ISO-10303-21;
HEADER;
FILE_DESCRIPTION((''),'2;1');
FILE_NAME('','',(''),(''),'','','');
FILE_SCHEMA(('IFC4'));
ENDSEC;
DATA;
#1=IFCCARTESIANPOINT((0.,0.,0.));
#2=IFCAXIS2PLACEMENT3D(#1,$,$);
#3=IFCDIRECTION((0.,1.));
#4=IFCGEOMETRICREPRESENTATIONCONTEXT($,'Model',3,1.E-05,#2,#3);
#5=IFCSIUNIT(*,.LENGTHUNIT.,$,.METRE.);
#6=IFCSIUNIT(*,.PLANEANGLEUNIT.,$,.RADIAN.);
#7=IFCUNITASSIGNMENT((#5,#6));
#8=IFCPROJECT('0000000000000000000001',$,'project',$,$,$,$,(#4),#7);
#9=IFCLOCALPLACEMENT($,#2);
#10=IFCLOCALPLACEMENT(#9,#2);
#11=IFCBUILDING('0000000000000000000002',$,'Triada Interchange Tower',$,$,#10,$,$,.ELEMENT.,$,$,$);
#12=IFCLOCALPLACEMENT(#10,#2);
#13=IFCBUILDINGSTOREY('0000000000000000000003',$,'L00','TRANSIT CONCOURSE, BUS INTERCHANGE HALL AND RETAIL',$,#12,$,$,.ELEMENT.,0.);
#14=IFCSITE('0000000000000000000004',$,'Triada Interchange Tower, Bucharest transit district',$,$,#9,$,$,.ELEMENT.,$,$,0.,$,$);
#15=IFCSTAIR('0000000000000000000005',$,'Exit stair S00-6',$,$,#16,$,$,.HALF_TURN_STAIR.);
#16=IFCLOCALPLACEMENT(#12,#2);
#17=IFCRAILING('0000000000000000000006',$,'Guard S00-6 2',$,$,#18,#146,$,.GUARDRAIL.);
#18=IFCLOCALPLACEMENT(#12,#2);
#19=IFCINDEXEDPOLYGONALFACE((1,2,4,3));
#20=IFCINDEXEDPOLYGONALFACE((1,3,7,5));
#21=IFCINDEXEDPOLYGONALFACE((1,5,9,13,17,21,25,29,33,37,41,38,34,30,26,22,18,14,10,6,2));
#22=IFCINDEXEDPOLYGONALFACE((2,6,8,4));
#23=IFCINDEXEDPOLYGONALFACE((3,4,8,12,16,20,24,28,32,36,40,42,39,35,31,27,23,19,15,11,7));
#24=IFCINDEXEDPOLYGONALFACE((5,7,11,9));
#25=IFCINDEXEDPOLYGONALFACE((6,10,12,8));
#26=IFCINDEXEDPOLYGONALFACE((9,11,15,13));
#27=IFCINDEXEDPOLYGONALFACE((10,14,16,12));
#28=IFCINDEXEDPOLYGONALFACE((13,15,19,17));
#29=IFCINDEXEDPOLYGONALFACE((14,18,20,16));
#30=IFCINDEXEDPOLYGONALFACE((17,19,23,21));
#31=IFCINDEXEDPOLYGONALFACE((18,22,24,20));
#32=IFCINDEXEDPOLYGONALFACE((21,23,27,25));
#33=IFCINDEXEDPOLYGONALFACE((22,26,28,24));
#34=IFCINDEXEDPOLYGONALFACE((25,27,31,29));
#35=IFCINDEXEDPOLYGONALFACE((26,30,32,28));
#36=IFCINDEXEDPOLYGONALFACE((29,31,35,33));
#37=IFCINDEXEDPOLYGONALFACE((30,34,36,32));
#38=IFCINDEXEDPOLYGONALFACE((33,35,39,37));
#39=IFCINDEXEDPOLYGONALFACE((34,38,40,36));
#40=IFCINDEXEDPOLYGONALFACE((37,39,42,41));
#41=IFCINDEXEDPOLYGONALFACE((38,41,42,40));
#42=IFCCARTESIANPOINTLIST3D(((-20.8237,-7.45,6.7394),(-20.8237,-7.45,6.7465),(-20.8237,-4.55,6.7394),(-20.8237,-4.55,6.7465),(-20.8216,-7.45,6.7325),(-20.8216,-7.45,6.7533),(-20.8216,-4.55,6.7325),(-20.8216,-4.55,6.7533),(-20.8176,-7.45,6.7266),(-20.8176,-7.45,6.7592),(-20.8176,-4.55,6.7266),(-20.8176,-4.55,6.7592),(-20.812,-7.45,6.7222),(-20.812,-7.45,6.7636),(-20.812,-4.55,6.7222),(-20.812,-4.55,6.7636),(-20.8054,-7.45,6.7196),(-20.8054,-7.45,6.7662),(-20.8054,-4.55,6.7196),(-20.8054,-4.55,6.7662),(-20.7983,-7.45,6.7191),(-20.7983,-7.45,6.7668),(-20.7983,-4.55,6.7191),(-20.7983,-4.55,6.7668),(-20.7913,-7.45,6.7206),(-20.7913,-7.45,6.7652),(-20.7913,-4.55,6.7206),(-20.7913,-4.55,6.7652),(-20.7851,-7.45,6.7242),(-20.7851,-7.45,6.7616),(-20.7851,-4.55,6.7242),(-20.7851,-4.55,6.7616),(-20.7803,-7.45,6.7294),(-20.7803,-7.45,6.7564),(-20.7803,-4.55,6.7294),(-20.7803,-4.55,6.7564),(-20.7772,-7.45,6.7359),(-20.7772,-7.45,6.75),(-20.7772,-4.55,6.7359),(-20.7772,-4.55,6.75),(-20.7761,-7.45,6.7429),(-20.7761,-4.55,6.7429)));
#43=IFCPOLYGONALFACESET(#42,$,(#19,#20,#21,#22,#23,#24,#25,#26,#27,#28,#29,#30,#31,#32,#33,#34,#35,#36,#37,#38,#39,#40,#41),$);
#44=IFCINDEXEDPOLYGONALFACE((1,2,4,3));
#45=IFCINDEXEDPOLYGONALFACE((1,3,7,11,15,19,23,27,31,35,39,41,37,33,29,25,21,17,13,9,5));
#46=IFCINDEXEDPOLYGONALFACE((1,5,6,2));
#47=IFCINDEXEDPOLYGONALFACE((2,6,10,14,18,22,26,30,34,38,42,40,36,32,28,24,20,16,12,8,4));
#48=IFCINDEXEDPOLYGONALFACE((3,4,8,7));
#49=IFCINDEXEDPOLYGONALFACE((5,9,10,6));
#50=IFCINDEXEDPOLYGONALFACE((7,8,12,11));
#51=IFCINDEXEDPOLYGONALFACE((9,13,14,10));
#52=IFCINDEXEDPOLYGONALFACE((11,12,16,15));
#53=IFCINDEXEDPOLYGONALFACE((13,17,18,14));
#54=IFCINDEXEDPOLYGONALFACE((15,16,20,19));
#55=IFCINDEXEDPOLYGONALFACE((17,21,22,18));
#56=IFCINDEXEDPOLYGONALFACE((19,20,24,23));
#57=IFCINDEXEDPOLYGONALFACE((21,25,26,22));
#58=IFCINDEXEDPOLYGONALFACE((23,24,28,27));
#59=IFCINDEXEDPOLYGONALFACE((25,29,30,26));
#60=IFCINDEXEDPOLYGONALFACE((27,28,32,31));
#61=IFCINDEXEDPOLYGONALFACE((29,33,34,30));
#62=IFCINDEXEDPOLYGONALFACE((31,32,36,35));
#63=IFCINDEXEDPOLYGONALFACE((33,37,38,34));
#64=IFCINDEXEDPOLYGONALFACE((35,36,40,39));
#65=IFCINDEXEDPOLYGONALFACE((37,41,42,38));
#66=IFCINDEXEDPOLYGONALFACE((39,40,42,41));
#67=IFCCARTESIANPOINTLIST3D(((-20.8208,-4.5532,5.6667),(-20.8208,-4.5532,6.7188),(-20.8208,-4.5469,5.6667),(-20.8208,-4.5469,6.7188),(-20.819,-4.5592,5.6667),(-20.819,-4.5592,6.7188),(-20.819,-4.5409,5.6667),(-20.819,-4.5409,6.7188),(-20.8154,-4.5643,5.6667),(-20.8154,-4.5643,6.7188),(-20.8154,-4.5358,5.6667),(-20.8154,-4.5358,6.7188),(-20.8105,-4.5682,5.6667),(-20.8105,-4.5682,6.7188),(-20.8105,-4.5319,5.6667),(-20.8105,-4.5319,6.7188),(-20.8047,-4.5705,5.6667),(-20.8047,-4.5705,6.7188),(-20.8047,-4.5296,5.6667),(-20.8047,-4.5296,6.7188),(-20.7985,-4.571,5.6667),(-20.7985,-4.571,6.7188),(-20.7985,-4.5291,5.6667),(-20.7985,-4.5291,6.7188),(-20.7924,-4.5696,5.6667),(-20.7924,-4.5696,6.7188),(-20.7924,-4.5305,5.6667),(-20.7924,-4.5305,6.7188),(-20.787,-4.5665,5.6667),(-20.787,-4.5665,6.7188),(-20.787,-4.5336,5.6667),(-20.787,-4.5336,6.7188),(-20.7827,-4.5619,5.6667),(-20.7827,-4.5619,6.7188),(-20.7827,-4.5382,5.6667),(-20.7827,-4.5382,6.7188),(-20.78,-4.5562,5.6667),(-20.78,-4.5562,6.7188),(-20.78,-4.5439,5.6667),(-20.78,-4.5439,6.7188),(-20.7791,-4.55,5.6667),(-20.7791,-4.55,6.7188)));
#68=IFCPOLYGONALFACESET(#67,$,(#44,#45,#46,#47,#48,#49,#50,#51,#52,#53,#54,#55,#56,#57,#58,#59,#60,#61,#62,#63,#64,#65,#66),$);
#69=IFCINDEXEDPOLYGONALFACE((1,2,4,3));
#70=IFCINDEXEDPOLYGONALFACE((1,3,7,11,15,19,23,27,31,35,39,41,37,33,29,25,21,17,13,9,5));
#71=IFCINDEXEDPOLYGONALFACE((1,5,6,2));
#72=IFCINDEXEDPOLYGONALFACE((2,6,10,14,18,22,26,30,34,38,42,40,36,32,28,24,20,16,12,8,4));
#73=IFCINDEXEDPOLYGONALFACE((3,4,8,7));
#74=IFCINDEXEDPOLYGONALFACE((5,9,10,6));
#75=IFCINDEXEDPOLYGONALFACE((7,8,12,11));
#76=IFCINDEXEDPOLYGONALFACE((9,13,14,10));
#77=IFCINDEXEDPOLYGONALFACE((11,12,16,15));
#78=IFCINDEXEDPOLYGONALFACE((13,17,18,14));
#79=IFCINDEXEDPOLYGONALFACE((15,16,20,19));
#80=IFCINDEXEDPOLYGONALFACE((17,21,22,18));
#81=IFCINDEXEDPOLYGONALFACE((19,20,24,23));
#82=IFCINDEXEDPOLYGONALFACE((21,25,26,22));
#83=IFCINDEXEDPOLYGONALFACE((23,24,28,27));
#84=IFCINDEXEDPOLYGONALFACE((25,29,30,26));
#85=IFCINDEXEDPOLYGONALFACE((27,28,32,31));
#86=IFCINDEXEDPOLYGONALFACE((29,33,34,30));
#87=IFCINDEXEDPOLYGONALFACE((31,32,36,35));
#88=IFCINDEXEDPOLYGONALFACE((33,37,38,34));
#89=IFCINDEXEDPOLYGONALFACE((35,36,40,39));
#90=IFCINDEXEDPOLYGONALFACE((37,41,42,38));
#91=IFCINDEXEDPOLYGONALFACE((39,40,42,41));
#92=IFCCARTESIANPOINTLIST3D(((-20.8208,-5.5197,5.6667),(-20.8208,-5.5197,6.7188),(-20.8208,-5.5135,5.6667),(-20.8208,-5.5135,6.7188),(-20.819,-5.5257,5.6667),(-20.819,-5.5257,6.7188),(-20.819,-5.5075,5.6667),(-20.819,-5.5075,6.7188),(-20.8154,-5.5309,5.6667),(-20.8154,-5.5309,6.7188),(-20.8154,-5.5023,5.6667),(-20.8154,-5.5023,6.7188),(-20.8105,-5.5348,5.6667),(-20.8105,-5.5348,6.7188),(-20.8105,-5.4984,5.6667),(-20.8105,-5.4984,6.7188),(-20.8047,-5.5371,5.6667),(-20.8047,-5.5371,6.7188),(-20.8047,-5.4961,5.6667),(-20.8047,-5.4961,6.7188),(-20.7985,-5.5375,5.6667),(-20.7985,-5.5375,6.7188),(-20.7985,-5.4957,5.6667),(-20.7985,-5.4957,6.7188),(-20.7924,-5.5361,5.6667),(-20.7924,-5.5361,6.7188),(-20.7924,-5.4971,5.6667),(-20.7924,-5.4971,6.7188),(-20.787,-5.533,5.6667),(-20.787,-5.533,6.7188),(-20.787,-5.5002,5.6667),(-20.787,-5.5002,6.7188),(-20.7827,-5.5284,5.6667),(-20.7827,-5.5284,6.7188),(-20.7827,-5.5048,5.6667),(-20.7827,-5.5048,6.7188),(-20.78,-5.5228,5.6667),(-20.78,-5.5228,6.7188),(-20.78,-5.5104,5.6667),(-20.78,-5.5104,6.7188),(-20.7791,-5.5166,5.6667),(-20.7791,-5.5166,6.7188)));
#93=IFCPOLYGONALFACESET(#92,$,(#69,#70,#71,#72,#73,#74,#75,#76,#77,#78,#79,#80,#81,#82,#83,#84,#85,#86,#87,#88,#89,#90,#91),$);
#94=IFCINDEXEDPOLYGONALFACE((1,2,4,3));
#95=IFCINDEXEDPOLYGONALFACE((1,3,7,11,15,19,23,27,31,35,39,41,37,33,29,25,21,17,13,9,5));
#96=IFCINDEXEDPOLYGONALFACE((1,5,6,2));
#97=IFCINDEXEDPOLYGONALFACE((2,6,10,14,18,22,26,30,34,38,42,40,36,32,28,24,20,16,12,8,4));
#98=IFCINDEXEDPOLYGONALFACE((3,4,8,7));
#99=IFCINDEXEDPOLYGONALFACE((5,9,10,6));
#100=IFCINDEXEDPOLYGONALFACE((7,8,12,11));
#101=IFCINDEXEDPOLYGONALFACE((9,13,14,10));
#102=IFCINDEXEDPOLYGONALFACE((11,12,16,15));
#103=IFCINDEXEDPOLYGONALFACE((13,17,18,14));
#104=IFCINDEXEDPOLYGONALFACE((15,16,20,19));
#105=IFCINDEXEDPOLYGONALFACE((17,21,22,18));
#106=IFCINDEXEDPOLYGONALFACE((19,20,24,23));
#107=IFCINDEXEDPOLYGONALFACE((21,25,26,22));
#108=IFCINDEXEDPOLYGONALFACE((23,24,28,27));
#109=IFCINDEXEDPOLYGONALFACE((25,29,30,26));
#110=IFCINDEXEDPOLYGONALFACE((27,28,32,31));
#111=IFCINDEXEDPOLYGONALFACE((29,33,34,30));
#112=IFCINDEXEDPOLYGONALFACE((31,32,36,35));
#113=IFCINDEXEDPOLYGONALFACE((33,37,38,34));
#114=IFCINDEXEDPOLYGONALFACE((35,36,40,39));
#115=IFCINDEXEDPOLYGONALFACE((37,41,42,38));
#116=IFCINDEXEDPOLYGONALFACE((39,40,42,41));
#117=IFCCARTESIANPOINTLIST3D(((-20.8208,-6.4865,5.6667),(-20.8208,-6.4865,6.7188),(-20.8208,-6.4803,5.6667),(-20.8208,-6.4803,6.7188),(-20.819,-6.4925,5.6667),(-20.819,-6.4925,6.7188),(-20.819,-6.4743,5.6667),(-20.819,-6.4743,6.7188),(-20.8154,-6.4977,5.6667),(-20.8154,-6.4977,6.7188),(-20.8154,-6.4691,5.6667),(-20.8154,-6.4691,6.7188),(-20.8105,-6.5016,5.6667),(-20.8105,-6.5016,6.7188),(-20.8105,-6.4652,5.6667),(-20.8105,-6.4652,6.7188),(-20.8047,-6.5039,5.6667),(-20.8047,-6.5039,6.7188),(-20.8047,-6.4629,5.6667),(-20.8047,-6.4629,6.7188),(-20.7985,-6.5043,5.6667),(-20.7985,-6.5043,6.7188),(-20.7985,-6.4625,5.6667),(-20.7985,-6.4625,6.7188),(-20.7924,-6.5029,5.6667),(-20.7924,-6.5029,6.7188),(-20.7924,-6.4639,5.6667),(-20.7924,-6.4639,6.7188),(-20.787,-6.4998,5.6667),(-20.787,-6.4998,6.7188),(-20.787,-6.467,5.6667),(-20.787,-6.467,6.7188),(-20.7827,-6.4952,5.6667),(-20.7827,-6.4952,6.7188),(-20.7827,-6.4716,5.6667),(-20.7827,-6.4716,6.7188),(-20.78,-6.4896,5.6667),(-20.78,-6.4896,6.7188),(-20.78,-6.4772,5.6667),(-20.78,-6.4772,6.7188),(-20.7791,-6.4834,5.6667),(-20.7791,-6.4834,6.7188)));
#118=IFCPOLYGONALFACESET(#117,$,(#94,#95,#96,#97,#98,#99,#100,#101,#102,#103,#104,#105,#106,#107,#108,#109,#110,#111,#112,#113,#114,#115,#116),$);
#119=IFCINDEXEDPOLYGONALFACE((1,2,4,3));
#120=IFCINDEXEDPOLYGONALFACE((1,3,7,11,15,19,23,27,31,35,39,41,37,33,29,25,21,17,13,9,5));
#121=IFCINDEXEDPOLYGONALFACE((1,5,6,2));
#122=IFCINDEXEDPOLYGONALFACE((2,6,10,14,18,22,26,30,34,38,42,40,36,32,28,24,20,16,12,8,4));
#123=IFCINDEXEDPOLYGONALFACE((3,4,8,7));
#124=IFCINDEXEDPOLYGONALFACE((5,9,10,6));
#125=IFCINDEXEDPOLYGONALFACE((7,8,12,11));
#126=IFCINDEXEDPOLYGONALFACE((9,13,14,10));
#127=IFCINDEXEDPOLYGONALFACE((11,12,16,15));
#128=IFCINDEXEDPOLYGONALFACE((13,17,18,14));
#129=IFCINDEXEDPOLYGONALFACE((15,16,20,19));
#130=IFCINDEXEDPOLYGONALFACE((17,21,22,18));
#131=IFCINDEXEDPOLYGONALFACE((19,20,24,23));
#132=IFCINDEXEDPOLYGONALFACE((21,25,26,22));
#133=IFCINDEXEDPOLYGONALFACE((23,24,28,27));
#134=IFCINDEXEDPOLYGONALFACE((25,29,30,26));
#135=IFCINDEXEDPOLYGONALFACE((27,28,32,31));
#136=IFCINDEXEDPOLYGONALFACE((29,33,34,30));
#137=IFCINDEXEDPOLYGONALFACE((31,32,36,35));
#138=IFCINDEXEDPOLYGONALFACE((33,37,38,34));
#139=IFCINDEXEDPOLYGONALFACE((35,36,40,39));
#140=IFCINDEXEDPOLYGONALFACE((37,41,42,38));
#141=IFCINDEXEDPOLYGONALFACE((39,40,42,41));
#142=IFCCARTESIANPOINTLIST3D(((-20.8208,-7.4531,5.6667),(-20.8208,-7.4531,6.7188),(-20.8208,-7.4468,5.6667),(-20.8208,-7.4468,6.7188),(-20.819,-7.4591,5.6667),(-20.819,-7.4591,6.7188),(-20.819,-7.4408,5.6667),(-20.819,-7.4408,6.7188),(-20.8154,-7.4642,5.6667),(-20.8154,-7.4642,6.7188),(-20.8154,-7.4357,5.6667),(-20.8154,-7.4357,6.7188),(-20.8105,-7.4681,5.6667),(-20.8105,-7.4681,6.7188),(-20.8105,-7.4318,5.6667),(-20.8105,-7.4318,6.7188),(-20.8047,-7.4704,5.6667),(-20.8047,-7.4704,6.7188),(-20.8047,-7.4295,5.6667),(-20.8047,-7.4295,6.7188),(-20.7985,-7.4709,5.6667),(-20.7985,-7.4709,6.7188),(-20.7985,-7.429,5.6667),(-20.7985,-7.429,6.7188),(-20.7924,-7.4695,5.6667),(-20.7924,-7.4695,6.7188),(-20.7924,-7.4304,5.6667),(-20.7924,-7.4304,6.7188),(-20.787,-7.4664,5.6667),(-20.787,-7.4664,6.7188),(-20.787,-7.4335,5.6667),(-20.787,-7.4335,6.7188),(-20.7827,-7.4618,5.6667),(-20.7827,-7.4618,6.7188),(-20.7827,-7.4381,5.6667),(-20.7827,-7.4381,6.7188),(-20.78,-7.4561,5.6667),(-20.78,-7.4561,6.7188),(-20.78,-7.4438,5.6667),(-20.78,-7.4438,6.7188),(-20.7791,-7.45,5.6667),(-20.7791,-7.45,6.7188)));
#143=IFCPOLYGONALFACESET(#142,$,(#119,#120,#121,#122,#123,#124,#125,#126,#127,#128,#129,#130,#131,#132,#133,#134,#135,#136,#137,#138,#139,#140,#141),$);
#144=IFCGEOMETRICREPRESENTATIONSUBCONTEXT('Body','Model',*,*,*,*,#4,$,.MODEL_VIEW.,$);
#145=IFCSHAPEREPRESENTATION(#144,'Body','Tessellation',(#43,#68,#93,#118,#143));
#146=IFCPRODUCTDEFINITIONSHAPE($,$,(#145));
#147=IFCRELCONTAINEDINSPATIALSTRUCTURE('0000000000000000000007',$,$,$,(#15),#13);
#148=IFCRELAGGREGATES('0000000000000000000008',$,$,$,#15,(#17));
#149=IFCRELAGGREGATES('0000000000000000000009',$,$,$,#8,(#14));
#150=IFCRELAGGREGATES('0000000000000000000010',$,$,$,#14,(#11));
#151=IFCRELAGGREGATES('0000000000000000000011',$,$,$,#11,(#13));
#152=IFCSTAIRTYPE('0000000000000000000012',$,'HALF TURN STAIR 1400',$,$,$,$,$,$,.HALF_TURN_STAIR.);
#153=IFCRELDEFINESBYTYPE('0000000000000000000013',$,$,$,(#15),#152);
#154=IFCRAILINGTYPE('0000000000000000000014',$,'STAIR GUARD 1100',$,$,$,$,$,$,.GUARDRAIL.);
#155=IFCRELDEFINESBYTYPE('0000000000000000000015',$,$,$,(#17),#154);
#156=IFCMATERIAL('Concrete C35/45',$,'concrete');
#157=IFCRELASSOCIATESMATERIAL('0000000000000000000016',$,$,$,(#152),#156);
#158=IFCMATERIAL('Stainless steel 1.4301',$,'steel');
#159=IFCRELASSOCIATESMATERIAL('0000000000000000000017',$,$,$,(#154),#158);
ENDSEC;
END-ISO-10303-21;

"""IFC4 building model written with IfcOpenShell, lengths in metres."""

from ifc_helpers import new_model, si_unit, direction, frame, origin, origin_2d, place, context, subcontext, project, spatial, circle, extrude, material, type_object, element, aggregate, save


model = new_model("IFC4")

# Units and contexts
model_context = context("Model", 3, precision=1e-05, world=origin(), true_north=direction((0.0, 1.0)))
body_context = subcontext(model_context, "Body", "Model", "MODEL_VIEW")
ifc_project = project(units=[si_unit("LENGTHUNIT", "METRE"), si_unit("PLANEANGLEUNIT", "RADIAN")], contexts=[model_context])

# Site, building, storey
site_placement = place(None, origin())
site = spatial("IfcSite", under=ifc_project, at=site_placement, Name="Triada Interchange Tower, Bucharest transit district", CompositionType="ELEMENT", RefElevation=0.0)
building_placement = place(site_placement, origin())
building = spatial("IfcBuilding", under=site, at=building_placement, Name="Triada Interchange Tower", CompositionType="ELEMENT")
storey_placement = place(building_placement, origin())
storey = spatial("IfcBuildingStorey", under=building, at=storey_placement, Name="L00", Description="TRANSIT CONCOURSE, BUS INTERCHANGE HALL AND RETAIL", CompositionType="ELEMENT", Elevation=0.0)

# Shared definitions
ifc_material_1 = material(Name="Concrete C35/45", Category="concrete")

# Stair, railing
stair_type = type_object("IfcStairType", Name="HALF TURN STAIR 1400", PredefinedType="HALF_TURN_STAIR", material=ifc_material_1)
stair_placement = place(storey_placement, origin())
stair = element("IfcStair", 1, at=stair_placement, inside=storey, type_object=stair_type, Name="Exit stair S00-6", PredefinedType="HALF_TURN_STAIR")
ifc_material_2 = material(Name="Stainless steel 1.4301", Category="steel")
railing_type_1 = type_object("IfcRailingType", Name="STAIR GUARD 1100", PredefinedType="GUARDRAIL", material=ifc_material_2)
railing_1_placement = place(storey_placement, frame((-20.8, -4.55, 5.6667)))
railing_1 = element("IfcRailing", 2, at=railing_1_placement, type_object=railing_type_1, Name="Guard S00-6 2", PredefinedType="GUARDRAIL", context=body_context, shape_type="SweptSolid", body=[
    extrude(circle(Radius=0.0239, at=origin_2d()), frame((0.0, 0.0, 1.0762), z_axis=(0.0, -1.0, 0.0), x_axis=(1.0, 0.0, 0.0)), (0.0, 0.0, 1.0), 2.8999),
    extrude(circle(Radius=0.021, at=origin_2d()), origin(), (0.0, 0.0, 1.0), 1.052),
    extrude(circle(Radius=0.021, at=origin_2d()), frame((0.0, -0.9666, 0.0)), (0.0, 0.0, 1.0), 1.052),
    extrude(circle(Radius=0.021, at=origin_2d()), frame((0.0, -1.9333, 0.0)), (0.0, 0.0, 1.0), 1.052),
    extrude(circle(Radius=0.021, at=origin_2d()), frame((0.0, -2.8999, 0.0)), (0.0, 0.0, 1.0), 1.052),
])
aggregate(stair, [railing_1])

save(model, "model.ifc")
